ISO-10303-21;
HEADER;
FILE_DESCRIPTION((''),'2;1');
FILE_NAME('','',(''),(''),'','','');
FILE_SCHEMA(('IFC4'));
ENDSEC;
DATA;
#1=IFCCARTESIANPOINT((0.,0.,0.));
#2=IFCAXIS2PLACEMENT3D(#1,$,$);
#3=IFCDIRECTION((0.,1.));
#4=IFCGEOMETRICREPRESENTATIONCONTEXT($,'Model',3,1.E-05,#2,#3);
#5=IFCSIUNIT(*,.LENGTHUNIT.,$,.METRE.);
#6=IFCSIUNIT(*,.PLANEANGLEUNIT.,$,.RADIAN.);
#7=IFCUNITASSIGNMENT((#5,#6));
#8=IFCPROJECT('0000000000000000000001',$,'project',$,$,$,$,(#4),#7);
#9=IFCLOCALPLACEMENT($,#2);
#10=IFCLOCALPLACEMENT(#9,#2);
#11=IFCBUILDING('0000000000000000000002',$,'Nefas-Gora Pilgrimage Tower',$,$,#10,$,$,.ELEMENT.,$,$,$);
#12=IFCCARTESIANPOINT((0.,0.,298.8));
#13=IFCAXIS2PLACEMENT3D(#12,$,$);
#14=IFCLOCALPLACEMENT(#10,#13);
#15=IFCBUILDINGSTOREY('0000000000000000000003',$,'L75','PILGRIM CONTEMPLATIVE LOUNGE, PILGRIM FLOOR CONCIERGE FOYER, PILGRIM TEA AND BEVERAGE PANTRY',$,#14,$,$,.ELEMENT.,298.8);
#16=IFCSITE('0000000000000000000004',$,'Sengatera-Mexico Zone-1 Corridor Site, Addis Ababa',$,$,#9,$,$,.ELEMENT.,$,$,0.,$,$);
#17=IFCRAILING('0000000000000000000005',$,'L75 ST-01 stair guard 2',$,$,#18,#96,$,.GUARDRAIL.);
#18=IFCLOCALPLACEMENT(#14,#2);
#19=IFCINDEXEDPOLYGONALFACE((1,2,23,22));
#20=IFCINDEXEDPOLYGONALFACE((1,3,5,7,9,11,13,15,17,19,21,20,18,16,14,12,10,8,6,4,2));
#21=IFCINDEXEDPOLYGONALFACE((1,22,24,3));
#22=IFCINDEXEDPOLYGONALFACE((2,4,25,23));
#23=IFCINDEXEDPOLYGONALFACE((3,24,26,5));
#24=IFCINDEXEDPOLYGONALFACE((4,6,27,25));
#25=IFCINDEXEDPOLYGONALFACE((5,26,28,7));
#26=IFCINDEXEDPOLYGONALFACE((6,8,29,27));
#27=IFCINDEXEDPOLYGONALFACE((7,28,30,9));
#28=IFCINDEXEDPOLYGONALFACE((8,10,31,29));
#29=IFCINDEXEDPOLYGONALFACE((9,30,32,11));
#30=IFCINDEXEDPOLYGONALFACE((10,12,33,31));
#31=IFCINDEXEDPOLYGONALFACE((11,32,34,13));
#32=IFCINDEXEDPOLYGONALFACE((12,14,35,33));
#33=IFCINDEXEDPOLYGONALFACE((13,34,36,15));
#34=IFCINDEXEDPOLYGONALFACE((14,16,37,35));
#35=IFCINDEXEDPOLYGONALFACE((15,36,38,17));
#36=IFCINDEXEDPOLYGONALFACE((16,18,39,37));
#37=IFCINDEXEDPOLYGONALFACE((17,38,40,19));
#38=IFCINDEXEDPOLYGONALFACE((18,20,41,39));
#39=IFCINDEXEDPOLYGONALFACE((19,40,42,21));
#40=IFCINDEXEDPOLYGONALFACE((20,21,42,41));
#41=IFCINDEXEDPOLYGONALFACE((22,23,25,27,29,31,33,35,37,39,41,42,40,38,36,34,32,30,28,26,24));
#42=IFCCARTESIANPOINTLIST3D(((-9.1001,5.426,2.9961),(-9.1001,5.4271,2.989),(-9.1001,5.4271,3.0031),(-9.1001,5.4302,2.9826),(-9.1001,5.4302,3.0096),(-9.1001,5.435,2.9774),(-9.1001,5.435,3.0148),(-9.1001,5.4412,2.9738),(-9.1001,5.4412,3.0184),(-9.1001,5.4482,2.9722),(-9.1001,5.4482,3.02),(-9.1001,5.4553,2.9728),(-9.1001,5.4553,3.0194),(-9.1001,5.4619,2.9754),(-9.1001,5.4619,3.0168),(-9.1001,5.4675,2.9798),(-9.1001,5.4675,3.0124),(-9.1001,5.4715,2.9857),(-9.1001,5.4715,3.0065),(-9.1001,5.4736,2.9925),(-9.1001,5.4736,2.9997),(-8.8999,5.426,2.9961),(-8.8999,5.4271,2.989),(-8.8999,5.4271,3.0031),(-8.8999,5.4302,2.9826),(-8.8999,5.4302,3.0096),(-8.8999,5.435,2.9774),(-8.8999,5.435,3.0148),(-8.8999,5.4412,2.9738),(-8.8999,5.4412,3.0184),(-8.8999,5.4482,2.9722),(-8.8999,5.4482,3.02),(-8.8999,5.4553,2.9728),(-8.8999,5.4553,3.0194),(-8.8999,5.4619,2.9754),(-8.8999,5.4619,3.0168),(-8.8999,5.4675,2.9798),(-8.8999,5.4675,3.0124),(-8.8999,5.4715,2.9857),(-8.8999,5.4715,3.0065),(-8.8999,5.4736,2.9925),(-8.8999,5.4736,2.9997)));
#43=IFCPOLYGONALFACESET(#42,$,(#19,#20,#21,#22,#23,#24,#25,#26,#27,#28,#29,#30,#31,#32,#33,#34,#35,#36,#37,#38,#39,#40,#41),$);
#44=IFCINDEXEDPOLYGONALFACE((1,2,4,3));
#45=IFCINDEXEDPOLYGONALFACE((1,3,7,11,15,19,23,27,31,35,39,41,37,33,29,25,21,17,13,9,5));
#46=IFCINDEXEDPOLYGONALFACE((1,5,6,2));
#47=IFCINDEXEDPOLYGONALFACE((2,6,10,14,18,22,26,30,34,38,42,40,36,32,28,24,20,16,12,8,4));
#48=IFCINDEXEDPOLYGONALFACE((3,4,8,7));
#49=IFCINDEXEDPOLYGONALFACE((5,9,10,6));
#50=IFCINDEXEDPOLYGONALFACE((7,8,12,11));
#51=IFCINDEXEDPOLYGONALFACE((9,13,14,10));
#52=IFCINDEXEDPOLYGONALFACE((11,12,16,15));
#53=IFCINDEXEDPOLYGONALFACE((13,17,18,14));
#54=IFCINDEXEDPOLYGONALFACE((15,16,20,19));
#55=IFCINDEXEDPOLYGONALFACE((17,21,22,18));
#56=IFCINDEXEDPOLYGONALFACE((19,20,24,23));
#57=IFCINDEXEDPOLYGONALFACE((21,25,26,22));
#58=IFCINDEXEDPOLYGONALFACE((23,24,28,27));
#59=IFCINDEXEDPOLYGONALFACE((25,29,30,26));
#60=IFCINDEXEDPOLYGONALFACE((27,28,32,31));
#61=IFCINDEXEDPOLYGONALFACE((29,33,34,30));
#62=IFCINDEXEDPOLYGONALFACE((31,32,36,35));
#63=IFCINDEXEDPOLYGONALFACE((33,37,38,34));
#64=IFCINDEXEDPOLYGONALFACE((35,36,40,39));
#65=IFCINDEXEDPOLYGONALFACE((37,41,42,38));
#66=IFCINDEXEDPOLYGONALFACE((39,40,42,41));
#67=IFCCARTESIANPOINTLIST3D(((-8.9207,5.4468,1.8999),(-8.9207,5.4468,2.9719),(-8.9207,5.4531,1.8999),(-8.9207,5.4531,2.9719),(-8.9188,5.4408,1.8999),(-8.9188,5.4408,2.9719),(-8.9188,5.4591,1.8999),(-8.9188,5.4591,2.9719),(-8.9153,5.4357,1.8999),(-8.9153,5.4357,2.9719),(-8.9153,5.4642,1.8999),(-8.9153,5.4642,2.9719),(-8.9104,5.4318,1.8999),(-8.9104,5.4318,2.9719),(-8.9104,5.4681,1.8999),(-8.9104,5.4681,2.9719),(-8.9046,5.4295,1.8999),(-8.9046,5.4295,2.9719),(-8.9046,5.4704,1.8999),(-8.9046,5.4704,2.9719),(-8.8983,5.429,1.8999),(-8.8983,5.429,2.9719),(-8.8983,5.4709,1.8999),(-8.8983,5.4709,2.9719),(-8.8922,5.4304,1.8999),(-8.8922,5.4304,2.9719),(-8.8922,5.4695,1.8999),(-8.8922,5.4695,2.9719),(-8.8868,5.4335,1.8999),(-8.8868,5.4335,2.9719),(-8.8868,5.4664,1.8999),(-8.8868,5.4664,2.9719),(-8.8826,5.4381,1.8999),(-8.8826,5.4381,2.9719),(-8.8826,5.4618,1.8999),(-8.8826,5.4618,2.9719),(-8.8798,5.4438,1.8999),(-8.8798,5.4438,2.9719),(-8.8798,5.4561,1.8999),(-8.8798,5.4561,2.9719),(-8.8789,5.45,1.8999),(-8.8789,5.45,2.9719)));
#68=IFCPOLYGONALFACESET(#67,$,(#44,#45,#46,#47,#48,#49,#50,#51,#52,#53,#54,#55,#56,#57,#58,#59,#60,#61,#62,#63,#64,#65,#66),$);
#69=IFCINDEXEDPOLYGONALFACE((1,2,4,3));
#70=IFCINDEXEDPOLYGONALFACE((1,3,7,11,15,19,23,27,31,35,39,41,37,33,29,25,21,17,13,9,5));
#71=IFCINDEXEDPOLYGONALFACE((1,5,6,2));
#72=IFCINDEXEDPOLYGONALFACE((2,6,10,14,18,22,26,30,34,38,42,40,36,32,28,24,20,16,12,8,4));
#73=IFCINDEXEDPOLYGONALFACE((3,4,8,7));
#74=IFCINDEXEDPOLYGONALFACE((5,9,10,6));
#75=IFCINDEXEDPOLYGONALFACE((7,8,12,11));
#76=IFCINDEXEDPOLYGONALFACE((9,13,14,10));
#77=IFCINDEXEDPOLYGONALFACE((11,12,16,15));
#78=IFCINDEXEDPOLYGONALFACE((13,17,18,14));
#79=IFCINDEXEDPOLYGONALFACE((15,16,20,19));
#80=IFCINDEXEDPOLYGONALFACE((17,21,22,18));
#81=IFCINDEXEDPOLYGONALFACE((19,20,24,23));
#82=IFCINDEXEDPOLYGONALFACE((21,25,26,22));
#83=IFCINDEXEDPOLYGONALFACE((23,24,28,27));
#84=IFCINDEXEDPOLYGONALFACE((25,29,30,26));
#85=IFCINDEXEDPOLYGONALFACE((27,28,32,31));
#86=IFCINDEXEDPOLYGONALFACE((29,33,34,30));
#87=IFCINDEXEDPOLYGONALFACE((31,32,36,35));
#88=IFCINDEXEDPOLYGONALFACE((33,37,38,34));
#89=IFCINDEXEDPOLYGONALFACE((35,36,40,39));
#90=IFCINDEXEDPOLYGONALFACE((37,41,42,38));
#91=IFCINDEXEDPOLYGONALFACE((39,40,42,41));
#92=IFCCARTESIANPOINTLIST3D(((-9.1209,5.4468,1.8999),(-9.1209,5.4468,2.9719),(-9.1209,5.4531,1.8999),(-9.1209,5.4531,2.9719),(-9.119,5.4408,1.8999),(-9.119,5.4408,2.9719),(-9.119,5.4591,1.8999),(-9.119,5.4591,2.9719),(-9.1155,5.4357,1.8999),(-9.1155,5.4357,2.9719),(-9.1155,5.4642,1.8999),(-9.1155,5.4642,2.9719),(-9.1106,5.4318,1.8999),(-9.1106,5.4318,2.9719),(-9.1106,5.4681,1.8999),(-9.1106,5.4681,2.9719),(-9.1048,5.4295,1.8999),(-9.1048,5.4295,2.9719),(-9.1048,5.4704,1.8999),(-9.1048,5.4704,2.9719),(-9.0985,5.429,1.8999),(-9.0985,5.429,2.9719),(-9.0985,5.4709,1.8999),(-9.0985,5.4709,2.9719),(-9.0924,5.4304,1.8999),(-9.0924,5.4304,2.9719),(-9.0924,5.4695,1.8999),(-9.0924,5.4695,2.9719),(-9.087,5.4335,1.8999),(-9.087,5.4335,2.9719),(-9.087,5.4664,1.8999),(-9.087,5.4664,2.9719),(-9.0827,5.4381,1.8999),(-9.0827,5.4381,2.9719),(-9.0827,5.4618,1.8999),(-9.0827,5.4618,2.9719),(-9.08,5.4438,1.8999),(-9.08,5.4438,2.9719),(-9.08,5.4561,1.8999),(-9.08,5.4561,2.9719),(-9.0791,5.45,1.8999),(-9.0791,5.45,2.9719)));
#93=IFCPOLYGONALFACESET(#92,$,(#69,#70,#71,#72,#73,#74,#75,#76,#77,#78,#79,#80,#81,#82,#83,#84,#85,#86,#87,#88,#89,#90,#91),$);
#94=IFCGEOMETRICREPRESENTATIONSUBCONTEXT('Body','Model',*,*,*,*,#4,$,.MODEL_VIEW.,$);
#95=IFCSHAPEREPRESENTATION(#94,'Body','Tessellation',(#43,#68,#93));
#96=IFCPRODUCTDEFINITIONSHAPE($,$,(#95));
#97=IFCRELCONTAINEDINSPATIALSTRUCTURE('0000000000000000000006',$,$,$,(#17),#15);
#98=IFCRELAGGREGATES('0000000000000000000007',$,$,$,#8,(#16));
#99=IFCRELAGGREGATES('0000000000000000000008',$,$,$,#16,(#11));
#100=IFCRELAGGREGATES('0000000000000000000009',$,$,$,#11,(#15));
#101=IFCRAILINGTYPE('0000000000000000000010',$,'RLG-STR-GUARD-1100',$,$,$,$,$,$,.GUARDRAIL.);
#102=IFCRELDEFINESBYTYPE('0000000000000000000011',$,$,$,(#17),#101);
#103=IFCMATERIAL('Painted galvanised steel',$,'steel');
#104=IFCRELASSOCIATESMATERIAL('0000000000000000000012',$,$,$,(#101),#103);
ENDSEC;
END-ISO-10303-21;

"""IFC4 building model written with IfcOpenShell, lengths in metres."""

from ifc_helpers import new_model, si_unit, direction, frame, origin, origin_2d, place, context, subcontext, project, spatial, circle, extrude, material, type_object, element, save


model = new_model("IFC4")

# Units and contexts
model_context = context("Model", 3, precision=1e-05, world=origin(), true_north=direction((0.0, 1.0)))
body_context = subcontext(model_context, "Body", "Model", "MODEL_VIEW")
ifc_project = project(units=[si_unit("LENGTHUNIT", "METRE"), si_unit("PLANEANGLEUNIT", "RADIAN")], contexts=[model_context])

# Site, building, storey
site_placement = place(None, origin())
site = spatial("IfcSite", under=ifc_project, at=site_placement, Name="Sengatera-Mexico Zone-1 Corridor Site, Addis Ababa", CompositionType="ELEMENT", RefElevation=0.0)
building_placement = place(site_placement, origin())
building = spatial("IfcBuilding", under=site, at=building_placement, Name="Nefas-Gora Pilgrimage Tower", CompositionType="ELEMENT")
storey_placement = place(building_placement, frame((0.0, 0.0, 298.8)))
storey = spatial("IfcBuildingStorey", under=building, at=storey_placement, Name="L75", Description="PILGRIM CONTEMPLATIVE LOUNGE, PILGRIM FLOOR CONCIERGE FOYER, PILGRIM TEA AND BEVERAGE PANTRY", CompositionType="ELEMENT", Elevation=298.8)

# Railing
ifc_material_1 = material(Name="Painted galvanised steel", Category="steel")
railing_type_1 = type_object("IfcRailingType", Name="RLG-STR-GUARD-1100", PredefinedType="GUARDRAIL", material=ifc_material_1)
railing_1_placement = place(storey_placement, frame((-8.8999, 5.45, 1.8999)))
element("IfcRailing", 1, at=railing_1_placement, inside=storey, type_object=railing_type_1, Name="L75 ST-01 stair guard 2", PredefinedType="GUARDRAIL", context=body_context, shape_type="SweptSolid", body=[
    extrude(circle(Radius=0.0239, at=origin_2d()), frame((0.0, 0.0, 1.0962), z_axis=(-1.0, 0.0, 0.0), x_axis=(0.0, -1.0, 0.0)), (0.0, 0.0, 1.0), 0.2002),
    extrude(circle(Radius=0.021, at=origin_2d()), origin(), (0.0, 0.0, 1.0), 1.072),
    extrude(circle(Radius=0.021, at=origin_2d()), frame((-0.2002, 0.0, 0.0)), (0.0, 0.0, 1.0), 1.072),
])

save(model, "model.ifc")
